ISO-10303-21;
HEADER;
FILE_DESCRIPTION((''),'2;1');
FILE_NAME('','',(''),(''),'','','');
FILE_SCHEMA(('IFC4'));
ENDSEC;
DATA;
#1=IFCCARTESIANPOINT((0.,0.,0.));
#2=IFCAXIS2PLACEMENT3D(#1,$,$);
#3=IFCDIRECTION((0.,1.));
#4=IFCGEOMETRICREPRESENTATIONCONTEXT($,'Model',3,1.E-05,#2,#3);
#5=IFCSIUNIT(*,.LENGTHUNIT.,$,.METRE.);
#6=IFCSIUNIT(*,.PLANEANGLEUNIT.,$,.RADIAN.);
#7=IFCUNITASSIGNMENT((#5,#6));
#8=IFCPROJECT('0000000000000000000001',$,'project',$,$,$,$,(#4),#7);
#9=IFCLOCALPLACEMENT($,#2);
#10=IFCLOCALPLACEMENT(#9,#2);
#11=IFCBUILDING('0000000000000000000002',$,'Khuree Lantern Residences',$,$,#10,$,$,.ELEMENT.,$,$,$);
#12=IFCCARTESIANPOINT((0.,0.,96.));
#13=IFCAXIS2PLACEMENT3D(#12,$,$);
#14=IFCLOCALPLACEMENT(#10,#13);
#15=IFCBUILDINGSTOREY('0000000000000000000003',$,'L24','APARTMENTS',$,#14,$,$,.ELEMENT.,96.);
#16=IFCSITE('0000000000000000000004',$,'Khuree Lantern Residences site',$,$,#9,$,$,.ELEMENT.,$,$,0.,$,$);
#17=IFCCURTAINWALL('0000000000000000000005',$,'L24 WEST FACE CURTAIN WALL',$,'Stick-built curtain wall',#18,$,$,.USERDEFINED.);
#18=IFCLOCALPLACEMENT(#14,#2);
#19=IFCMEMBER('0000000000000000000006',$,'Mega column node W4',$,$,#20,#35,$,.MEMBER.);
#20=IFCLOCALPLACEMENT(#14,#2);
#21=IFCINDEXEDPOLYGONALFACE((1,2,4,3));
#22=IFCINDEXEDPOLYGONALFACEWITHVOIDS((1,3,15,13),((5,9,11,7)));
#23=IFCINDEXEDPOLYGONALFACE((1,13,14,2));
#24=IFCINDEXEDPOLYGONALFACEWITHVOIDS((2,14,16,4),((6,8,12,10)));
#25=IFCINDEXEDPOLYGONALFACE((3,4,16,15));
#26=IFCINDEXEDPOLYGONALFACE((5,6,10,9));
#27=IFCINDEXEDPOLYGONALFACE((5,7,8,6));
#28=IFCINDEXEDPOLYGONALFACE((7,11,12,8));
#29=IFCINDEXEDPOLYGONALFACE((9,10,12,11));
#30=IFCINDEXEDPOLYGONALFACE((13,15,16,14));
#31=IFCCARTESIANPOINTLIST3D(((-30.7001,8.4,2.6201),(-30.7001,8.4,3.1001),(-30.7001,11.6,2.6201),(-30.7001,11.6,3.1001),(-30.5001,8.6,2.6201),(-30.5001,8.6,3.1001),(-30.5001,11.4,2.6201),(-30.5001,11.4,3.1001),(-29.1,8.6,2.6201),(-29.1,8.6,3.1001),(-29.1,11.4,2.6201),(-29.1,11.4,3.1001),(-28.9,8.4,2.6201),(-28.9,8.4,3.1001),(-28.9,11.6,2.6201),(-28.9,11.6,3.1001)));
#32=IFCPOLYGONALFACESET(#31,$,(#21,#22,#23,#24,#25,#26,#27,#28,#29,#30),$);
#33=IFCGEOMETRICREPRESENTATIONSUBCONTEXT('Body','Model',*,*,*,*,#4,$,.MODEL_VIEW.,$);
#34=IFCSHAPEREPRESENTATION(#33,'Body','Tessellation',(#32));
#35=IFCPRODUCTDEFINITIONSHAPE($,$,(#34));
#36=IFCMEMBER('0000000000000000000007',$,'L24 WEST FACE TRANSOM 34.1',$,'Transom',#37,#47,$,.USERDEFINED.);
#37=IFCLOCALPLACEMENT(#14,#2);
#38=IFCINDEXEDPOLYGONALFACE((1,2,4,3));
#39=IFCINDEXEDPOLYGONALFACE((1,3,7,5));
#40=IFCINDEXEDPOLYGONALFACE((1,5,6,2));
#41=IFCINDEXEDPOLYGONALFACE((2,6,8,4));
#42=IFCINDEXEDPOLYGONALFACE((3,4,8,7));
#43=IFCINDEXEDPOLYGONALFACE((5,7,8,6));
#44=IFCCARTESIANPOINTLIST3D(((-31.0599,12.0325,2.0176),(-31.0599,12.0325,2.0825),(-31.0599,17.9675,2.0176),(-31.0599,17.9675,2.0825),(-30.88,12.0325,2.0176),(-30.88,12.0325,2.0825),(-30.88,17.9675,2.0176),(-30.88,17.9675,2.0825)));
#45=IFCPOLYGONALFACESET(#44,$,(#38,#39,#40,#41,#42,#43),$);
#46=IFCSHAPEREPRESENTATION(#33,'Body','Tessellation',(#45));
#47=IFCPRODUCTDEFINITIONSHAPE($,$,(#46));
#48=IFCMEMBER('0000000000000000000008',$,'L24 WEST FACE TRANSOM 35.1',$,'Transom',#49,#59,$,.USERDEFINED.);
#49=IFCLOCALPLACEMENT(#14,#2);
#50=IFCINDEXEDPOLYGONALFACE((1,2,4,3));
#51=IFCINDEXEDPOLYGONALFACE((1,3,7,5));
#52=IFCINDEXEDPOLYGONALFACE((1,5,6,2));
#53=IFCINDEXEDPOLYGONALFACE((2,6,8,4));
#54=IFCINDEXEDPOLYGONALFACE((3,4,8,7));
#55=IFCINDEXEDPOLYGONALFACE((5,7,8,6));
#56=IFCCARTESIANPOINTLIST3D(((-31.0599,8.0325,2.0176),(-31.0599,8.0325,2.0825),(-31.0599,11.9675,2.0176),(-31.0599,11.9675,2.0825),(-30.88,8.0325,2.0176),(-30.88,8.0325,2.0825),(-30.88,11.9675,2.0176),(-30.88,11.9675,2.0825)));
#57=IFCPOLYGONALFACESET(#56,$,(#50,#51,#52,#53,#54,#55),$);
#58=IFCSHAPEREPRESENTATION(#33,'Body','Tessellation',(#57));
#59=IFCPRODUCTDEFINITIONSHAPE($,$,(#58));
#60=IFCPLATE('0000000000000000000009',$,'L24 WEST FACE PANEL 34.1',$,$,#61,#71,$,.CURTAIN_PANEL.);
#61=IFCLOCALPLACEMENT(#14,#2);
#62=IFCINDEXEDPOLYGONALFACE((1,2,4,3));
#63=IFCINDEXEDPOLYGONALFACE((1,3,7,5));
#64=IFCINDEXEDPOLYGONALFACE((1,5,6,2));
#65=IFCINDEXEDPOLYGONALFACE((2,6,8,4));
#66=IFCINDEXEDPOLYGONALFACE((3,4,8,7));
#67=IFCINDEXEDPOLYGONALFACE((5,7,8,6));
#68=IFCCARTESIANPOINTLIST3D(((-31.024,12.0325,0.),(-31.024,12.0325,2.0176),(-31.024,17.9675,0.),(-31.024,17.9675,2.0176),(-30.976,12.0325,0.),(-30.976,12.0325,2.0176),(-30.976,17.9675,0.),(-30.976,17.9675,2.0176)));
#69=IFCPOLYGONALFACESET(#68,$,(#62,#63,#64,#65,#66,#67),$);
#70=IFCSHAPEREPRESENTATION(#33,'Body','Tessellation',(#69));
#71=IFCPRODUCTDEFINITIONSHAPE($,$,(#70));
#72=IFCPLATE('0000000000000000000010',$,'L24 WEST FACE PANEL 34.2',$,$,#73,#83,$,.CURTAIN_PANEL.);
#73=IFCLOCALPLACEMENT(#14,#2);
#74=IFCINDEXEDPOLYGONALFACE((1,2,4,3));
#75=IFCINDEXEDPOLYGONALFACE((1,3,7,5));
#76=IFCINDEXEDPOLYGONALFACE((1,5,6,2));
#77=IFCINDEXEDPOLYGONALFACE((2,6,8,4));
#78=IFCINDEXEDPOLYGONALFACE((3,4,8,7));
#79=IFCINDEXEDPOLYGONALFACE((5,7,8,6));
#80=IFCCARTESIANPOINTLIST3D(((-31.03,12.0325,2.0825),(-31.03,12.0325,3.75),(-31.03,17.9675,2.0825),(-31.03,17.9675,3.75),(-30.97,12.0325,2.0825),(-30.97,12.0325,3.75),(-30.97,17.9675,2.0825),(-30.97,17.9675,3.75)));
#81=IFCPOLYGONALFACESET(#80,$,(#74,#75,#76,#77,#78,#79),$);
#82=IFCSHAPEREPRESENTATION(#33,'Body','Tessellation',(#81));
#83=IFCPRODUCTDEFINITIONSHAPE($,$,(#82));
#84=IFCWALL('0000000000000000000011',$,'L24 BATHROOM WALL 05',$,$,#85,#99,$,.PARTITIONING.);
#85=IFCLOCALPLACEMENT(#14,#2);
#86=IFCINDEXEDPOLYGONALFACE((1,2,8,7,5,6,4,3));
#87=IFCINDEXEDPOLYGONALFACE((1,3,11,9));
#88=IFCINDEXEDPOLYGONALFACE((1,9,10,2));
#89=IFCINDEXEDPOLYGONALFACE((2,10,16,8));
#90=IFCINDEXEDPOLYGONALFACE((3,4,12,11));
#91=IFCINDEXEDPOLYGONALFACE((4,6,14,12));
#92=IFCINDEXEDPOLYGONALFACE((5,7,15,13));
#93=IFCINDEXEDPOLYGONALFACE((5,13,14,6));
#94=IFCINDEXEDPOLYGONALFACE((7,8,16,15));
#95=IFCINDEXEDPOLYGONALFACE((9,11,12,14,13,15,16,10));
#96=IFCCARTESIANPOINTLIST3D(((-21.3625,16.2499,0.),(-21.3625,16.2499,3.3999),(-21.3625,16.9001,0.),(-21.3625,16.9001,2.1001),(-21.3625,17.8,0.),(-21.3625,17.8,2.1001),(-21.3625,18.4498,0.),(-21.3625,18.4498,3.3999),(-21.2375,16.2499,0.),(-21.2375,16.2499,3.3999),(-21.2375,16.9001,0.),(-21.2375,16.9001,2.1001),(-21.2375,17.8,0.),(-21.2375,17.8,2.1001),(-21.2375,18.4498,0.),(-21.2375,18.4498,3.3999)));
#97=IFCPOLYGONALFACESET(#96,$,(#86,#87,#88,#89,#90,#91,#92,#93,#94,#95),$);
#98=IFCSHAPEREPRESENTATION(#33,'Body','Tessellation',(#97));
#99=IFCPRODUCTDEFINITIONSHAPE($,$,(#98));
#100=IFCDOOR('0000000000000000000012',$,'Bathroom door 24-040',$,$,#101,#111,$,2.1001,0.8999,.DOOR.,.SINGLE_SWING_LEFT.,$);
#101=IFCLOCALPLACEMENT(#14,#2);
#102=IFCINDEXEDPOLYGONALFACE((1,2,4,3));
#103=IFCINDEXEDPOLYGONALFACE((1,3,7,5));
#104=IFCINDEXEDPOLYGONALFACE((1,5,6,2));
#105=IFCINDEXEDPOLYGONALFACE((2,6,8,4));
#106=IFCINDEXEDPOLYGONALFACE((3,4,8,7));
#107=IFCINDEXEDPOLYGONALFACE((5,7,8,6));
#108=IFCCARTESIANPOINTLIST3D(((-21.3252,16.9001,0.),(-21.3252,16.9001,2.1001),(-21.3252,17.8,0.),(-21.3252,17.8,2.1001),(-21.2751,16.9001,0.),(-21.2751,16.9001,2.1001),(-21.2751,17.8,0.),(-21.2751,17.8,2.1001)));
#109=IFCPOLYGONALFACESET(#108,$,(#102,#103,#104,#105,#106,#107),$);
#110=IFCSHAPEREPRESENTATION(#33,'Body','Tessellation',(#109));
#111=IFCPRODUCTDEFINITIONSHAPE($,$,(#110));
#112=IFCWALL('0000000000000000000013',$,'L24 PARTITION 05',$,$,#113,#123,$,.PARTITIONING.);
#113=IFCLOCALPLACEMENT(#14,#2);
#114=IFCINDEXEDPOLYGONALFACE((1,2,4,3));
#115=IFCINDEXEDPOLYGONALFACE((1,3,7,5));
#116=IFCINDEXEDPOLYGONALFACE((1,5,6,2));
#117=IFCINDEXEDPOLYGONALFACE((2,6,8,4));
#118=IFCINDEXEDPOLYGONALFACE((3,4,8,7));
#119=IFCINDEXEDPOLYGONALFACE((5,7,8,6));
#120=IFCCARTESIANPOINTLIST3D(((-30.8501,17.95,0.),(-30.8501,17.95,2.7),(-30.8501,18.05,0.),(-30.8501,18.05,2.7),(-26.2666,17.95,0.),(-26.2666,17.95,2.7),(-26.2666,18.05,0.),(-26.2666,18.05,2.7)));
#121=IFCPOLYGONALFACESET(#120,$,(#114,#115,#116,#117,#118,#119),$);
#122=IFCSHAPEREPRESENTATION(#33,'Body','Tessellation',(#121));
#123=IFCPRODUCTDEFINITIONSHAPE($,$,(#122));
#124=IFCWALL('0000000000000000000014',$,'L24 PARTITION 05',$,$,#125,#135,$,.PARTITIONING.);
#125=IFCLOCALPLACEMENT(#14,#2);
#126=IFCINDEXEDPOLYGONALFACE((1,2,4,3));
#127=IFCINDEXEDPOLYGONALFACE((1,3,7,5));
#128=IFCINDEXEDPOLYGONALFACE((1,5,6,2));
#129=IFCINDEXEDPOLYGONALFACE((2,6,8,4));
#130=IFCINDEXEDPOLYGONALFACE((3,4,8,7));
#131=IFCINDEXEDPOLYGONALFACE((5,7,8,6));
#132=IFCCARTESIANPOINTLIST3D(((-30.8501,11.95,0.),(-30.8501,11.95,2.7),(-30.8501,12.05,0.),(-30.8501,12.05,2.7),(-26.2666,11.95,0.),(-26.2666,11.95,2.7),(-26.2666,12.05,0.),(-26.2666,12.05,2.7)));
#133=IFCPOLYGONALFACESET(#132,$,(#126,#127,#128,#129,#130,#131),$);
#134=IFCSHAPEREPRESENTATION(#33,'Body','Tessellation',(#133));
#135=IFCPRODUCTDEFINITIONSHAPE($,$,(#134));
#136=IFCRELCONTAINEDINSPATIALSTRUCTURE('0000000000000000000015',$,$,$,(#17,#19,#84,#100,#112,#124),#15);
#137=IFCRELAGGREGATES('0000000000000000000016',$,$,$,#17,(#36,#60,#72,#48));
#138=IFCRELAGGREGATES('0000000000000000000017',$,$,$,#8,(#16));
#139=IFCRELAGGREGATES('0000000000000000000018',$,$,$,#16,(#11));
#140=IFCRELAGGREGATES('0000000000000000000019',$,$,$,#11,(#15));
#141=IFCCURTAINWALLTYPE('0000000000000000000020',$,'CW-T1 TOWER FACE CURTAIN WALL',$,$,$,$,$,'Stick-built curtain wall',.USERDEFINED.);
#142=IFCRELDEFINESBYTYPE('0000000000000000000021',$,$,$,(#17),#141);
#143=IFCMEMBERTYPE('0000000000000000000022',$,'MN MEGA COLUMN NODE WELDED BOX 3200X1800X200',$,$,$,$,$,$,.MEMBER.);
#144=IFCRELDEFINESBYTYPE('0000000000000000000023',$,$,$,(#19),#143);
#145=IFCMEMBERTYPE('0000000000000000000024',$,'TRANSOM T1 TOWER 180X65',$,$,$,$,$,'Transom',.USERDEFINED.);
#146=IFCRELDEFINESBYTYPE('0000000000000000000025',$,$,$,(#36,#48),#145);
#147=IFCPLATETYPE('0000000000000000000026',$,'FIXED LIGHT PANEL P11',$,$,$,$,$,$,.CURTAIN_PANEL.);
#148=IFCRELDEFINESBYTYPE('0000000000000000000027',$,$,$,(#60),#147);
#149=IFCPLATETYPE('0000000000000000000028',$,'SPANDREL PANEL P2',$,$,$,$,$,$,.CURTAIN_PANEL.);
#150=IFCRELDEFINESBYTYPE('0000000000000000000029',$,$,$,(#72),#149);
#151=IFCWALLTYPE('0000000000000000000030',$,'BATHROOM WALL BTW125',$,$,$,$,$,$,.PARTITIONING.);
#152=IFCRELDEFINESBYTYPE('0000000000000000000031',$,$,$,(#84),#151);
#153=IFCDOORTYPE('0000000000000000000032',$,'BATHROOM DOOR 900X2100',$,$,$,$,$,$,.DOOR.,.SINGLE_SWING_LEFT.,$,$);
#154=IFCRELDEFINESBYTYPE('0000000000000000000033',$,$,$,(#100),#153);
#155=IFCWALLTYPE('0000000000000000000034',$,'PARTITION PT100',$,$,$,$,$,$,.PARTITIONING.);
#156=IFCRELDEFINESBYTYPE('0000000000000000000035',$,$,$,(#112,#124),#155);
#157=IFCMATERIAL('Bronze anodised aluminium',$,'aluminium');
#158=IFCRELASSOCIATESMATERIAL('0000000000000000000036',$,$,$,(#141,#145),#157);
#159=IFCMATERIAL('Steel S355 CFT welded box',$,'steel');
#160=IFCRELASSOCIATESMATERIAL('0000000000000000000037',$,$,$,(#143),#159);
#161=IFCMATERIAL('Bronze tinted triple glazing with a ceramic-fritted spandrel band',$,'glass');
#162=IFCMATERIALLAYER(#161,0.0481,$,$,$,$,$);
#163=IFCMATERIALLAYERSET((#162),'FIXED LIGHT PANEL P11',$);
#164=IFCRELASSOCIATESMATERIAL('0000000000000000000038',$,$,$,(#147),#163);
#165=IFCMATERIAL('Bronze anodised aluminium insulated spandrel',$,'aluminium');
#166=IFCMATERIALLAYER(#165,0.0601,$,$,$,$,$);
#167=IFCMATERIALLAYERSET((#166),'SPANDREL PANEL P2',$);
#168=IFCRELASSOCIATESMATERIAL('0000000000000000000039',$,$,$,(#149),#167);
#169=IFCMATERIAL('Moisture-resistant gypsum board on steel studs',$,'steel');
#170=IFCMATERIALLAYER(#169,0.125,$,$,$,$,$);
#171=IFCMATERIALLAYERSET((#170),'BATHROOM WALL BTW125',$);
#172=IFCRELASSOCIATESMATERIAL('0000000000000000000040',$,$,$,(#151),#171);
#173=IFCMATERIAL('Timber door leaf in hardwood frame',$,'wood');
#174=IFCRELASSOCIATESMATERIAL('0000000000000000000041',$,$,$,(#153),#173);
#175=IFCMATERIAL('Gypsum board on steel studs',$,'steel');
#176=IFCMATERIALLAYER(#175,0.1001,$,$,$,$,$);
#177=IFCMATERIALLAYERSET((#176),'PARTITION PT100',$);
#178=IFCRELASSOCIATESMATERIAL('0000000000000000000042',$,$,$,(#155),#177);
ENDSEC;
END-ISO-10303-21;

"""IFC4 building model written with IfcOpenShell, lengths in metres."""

from ifc_helpers import new_model, si_unit, direction, frame, frame_2d, origin, origin_2d, place, context, subcontext, project, spatial, rectangle, hollow_rectangle, extrude, material, layer, layer_set, material_profile, profile_set, type_object, element, fill, aggregate, save


model = new_model("IFC4")

# Units and contexts
model_context = context("Model", 3, precision=1e-05, world=origin(), true_north=direction((0.0, 1.0)))
body_context = subcontext(model_context, "Body", "Model", "MODEL_VIEW")
ifc_project = project(units=[si_unit("LENGTHUNIT", "METRE"), si_unit("PLANEANGLEUNIT", "RADIAN")], contexts=[model_context])

# Site, building, storey
site_placement = place(None, origin())
site = spatial("IfcSite", under=ifc_project, at=site_placement, Name="Khuree Lantern Residences site", CompositionType="ELEMENT", RefElevation=0.0)
building_placement = place(site_placement, origin())
building = spatial("IfcBuilding", under=site, at=building_placement, Name="Khuree Lantern Residences", CompositionType="ELEMENT")
storey_placement = place(building_placement, frame((0.0, 0.0, 96.0)))
storey = spatial("IfcBuildingStorey", under=building, at=storey_placement, Name="L24", Description="APARTMENTS", CompositionType="ELEMENT", Elevation=96.0)

# Curtain wall
ifc_material_1 = material(Name="Bronze anodised aluminium", Category="aluminium")
curtain_wall_type = type_object("IfcCurtainWallType", Name="CW-T1 TOWER FACE CURTAIN WALL", ElementType="Stick-built curtain wall", PredefinedType="USERDEFINED", material=ifc_material_1)
curtain_wall_placement = place(storey_placement, origin())
curtain_wall = element("IfcCurtainWall", 1, at=curtain_wall_placement, inside=storey, type_object=curtain_wall_type, Name="L24 WEST FACE CURTAIN WALL", ObjectType="Stick-built curtain wall", PredefinedType="USERDEFINED")

# Members
ifc_material_2 = material(Name="Steel S355 CFT welded box", Category="steel")
ifc_material_profile_1 = material_profile(ifc_material_2, hollow_rectangle(XDim=3.2, YDim=1.8, WallThickness=0.2, at=origin_2d()), Name="WELDED BOX 3200X1800X200")
ifc_profile_set_1 = profile_set([ifc_material_profile_1], Name="Steel S355 CFT welded box")
member_type_1 = type_object("IfcMemberType", Name="MN MEGA COLUMN NODE WELDED BOX 3200X1800X200", PredefinedType="MEMBER", material=ifc_profile_set_1)
member_1_placement = place(storey_placement, frame((-29.8, 10.0, 2.6201), z_axis=(0.0, 0.0, 1.0), x_axis=(0.0, 1.0, 0.0)))
element("IfcMember", 2, at=member_1_placement, inside=storey, type_object=member_type_1, Name="Mega column node W4", PredefinedType="MEMBER", context=body_context, shape_type="SweptSolid", body=[
    extrude(hollow_rectangle(XDim=3.2, YDim=1.8, WallThickness=0.2, at=origin_2d()), origin(), (0.0, 0.0, 1.0), 0.48),
])
ifc_material_profile_2 = material_profile(ifc_material_1, rectangle(XDim=0.1799, YDim=0.0649, at=origin_2d()), Name="T1 180X65")
ifc_profile_set_2 = profile_set([ifc_material_profile_2], Name="Bronze anodised aluminium")
member_type_2 = type_object("IfcMemberType", Name="TRANSOM T1 TOWER 180X65", ElementType="Transom", PredefinedType="USERDEFINED", material=ifc_profile_set_2)
member_2_placement = place(storey_placement, frame((-30.97, 17.9675, 2.05), z_axis=(0.0, -1.0, 0.0), x_axis=(1.0, 0.0, 0.0)))
member_2 = element("IfcMember", 3, at=member_2_placement, type_object=member_type_2, Name="L24 WEST FACE TRANSOM 34.1", ObjectType="Transom", PredefinedType="USERDEFINED", context=body_context, shape_type="SweptSolid", body=[
    extrude(rectangle(XDim=0.1799, YDim=0.0649, at=origin_2d()), origin(), (0.0, 0.0, 1.0), 5.9351),
])
member_3_placement = place(storey_placement, frame((-30.97, 11.9675, 2.05), z_axis=(0.0, -1.0, 0.0), x_axis=(1.0, 0.0, 0.0)))
member_3 = element("IfcMember", 4, at=member_3_placement, type_object=member_type_2, Name="L24 WEST FACE TRANSOM 35.1", ObjectType="Transom", PredefinedType="USERDEFINED", context=body_context, shape_type="SweptSolid", body=[
    extrude(rectangle(XDim=0.1799, YDim=0.0649, at=origin_2d()), origin(), (0.0, 0.0, 1.0), 3.9351),
])

# Plates
ifc_material_3 = material(Name="Bronze tinted triple glazing with a ceramic-fritted spandrel band", Category="glass")
ifc_layer_1 = layer(ifc_material_3, 0.0481)
ifc_layer_set_1 = layer_set([ifc_layer_1], Name="FIXED LIGHT PANEL P11")
plate_type_1 = type_object("IfcPlateType", Name="FIXED LIGHT PANEL P11", PredefinedType="CURTAIN_PANEL", material=ifc_layer_set_1)
plate_1_placement = place(storey_placement, frame((-31.0, 15.0, 0.0), z_axis=(0.0, 0.0, 1.0), x_axis=(0.0, -1.0, 0.0)))
plate_1 = element("IfcPlate", 5, at=plate_1_placement, type_object=plate_type_1, Name="L24 WEST FACE PANEL 34.1", PredefinedType="CURTAIN_PANEL", context=body_context, shape_type="SweptSolid", body=[
    extrude(rectangle(XDim=5.9351, YDim=0.0481, at=origin_2d()), origin(), (0.0, 0.0, 1.0), 2.0176),
])
ifc_material_4 = material(Name="Bronze anodised aluminium insulated spandrel", Category="aluminium")
ifc_layer_2 = layer(ifc_material_4, 0.0601)
ifc_layer_set_2 = layer_set([ifc_layer_2], Name="SPANDREL PANEL P2")
plate_type_2 = type_object("IfcPlateType", Name="SPANDREL PANEL P2", PredefinedType="CURTAIN_PANEL", material=ifc_layer_set_2)
plate_2_placement = place(storey_placement, frame((-31.0, 15.0, 2.0825), z_axis=(0.0, 0.0, 1.0), x_axis=(0.0, -1.0, 0.0)))
plate_2 = element("IfcPlate", 6, at=plate_2_placement, type_object=plate_type_2, Name="L24 WEST FACE PANEL 34.2", PredefinedType="CURTAIN_PANEL", context=body_context, shape_type="SweptSolid", body=[
    extrude(rectangle(XDim=5.9351, YDim=0.0601, at=origin_2d()), origin(), (0.0, 0.0, 1.0), 1.6675),
])
aggregate(curtain_wall, [member_2, plate_1, plate_2, member_3])

# Wall, opening, door
ifc_material_5 = material(Name="Moisture-resistant gypsum board on steel studs", Category="steel")
ifc_layer_3 = layer(ifc_material_5, 0.125)
ifc_layer_set_3 = layer_set([ifc_layer_3], Name="BATHROOM WALL BTW125")
wall_type_1 = type_object("IfcWallType", Name="BATHROOM WALL BTW125", PredefinedType="PARTITIONING", material=ifc_layer_set_3)
wall_1_placement = place(storey_placement, frame((-21.3, 18.45, 0.0), z_axis=(0.0, 0.0, 1.0), x_axis=(0.0, -1.0, 0.0)))
wall_1 = element("IfcWall", 7, at=wall_1_placement, inside=storey, type_object=wall_type_1, Name="L24 BATHROOM WALL 05", PredefinedType="PARTITIONING", context=body_context, shape_type="SweptSolid", body=[
    extrude(rectangle(XDim=2.2, YDim=0.125, at=frame_2d((1.1001, 0.0))), origin(), (0.0, 0.0, 1.0), 3.3999),
])
opening_1_placement = place(wall_1_placement, frame((0.6499, 0.0, 0.0)))
opening_1 = element("IfcOpeningElement", 8, at=opening_1_placement, cuts=wall_1, PredefinedType="OPENING", context=body_context, shape_type="SweptSolid", body=[
    extrude(rectangle(XDim=0.8999, YDim=2.1001, at=frame_2d((0.45, 1.05))), frame((0.0, 0.0725, 0.0), z_axis=(0.0, -1.0, 0.0), x_axis=(1.0, 0.0, 0.0)), (0.0, 0.0, 1.0), 0.145),
])
ifc_material_6 = material(Name="Timber door leaf in hardwood frame", Category="wood")
door_type_1 = type_object("IfcDoorType", Name="BATHROOM DOOR 900X2100", OperationType="SINGLE_SWING_LEFT", PredefinedType="DOOR", material=ifc_material_6)
door_1_placement = place(opening_1_placement, origin())
door_1 = element("IfcDoor", 9, at=door_1_placement, inside=storey, type_object=door_type_1, Name="Bathroom door 24-040", OperationType="SINGLE_SWING_LEFT", OverallHeight=2.1001, OverallWidth=0.8999, PredefinedType="DOOR", context=body_context, shape_type="SweptSolid", body=[
    extrude(rectangle(XDim=0.8999, YDim=2.1001, at=frame_2d((0.45, 1.05))), frame((0.0, 0.0249, 0.0), z_axis=(0.0, -1.0, 0.0), x_axis=(1.0, 0.0, 0.0)), (0.0, 0.0, 1.0), 0.05),
])
fill(opening_1, door_1)

# Walls
ifc_material_7 = material(Name="Gypsum board on steel studs", Category="steel")
ifc_layer_4 = layer(ifc_material_7, 0.1001)
ifc_layer_set_4 = layer_set([ifc_layer_4], Name="PARTITION PT100")
wall_type_2 = type_object("IfcWallType", Name="PARTITION PT100", PredefinedType="PARTITIONING", material=ifc_layer_set_4)
for number, where, z_axis, x_axis, name in (
    (10, (-26.2666, 18.0, 0.0), (0.0, 0.0, 1.0), (-1.0, 0.0, 0.0), "L24 PARTITION 05"),
    (11, (-26.2666, 12.0, 0.0), (0.0, 0.0, 1.0), (-1.0, 0.0, 0.0), "L24 PARTITION 05"),
):
    element("IfcWall", number, at=place(storey_placement, frame(where, z_axis=z_axis, x_axis=x_axis)), inside=storey, type_object=wall_type_2, Name=name, PredefinedType="PARTITIONING", context=body_context, shape_type="SweptSolid", body=[
        extrude(rectangle(XDim=4.5835, YDim=0.1001, at=frame_2d((2.2917, 0.0))), origin(), (0.0, 0.0, 1.0), 2.7),
    ])

save(model, "model.ifc")
